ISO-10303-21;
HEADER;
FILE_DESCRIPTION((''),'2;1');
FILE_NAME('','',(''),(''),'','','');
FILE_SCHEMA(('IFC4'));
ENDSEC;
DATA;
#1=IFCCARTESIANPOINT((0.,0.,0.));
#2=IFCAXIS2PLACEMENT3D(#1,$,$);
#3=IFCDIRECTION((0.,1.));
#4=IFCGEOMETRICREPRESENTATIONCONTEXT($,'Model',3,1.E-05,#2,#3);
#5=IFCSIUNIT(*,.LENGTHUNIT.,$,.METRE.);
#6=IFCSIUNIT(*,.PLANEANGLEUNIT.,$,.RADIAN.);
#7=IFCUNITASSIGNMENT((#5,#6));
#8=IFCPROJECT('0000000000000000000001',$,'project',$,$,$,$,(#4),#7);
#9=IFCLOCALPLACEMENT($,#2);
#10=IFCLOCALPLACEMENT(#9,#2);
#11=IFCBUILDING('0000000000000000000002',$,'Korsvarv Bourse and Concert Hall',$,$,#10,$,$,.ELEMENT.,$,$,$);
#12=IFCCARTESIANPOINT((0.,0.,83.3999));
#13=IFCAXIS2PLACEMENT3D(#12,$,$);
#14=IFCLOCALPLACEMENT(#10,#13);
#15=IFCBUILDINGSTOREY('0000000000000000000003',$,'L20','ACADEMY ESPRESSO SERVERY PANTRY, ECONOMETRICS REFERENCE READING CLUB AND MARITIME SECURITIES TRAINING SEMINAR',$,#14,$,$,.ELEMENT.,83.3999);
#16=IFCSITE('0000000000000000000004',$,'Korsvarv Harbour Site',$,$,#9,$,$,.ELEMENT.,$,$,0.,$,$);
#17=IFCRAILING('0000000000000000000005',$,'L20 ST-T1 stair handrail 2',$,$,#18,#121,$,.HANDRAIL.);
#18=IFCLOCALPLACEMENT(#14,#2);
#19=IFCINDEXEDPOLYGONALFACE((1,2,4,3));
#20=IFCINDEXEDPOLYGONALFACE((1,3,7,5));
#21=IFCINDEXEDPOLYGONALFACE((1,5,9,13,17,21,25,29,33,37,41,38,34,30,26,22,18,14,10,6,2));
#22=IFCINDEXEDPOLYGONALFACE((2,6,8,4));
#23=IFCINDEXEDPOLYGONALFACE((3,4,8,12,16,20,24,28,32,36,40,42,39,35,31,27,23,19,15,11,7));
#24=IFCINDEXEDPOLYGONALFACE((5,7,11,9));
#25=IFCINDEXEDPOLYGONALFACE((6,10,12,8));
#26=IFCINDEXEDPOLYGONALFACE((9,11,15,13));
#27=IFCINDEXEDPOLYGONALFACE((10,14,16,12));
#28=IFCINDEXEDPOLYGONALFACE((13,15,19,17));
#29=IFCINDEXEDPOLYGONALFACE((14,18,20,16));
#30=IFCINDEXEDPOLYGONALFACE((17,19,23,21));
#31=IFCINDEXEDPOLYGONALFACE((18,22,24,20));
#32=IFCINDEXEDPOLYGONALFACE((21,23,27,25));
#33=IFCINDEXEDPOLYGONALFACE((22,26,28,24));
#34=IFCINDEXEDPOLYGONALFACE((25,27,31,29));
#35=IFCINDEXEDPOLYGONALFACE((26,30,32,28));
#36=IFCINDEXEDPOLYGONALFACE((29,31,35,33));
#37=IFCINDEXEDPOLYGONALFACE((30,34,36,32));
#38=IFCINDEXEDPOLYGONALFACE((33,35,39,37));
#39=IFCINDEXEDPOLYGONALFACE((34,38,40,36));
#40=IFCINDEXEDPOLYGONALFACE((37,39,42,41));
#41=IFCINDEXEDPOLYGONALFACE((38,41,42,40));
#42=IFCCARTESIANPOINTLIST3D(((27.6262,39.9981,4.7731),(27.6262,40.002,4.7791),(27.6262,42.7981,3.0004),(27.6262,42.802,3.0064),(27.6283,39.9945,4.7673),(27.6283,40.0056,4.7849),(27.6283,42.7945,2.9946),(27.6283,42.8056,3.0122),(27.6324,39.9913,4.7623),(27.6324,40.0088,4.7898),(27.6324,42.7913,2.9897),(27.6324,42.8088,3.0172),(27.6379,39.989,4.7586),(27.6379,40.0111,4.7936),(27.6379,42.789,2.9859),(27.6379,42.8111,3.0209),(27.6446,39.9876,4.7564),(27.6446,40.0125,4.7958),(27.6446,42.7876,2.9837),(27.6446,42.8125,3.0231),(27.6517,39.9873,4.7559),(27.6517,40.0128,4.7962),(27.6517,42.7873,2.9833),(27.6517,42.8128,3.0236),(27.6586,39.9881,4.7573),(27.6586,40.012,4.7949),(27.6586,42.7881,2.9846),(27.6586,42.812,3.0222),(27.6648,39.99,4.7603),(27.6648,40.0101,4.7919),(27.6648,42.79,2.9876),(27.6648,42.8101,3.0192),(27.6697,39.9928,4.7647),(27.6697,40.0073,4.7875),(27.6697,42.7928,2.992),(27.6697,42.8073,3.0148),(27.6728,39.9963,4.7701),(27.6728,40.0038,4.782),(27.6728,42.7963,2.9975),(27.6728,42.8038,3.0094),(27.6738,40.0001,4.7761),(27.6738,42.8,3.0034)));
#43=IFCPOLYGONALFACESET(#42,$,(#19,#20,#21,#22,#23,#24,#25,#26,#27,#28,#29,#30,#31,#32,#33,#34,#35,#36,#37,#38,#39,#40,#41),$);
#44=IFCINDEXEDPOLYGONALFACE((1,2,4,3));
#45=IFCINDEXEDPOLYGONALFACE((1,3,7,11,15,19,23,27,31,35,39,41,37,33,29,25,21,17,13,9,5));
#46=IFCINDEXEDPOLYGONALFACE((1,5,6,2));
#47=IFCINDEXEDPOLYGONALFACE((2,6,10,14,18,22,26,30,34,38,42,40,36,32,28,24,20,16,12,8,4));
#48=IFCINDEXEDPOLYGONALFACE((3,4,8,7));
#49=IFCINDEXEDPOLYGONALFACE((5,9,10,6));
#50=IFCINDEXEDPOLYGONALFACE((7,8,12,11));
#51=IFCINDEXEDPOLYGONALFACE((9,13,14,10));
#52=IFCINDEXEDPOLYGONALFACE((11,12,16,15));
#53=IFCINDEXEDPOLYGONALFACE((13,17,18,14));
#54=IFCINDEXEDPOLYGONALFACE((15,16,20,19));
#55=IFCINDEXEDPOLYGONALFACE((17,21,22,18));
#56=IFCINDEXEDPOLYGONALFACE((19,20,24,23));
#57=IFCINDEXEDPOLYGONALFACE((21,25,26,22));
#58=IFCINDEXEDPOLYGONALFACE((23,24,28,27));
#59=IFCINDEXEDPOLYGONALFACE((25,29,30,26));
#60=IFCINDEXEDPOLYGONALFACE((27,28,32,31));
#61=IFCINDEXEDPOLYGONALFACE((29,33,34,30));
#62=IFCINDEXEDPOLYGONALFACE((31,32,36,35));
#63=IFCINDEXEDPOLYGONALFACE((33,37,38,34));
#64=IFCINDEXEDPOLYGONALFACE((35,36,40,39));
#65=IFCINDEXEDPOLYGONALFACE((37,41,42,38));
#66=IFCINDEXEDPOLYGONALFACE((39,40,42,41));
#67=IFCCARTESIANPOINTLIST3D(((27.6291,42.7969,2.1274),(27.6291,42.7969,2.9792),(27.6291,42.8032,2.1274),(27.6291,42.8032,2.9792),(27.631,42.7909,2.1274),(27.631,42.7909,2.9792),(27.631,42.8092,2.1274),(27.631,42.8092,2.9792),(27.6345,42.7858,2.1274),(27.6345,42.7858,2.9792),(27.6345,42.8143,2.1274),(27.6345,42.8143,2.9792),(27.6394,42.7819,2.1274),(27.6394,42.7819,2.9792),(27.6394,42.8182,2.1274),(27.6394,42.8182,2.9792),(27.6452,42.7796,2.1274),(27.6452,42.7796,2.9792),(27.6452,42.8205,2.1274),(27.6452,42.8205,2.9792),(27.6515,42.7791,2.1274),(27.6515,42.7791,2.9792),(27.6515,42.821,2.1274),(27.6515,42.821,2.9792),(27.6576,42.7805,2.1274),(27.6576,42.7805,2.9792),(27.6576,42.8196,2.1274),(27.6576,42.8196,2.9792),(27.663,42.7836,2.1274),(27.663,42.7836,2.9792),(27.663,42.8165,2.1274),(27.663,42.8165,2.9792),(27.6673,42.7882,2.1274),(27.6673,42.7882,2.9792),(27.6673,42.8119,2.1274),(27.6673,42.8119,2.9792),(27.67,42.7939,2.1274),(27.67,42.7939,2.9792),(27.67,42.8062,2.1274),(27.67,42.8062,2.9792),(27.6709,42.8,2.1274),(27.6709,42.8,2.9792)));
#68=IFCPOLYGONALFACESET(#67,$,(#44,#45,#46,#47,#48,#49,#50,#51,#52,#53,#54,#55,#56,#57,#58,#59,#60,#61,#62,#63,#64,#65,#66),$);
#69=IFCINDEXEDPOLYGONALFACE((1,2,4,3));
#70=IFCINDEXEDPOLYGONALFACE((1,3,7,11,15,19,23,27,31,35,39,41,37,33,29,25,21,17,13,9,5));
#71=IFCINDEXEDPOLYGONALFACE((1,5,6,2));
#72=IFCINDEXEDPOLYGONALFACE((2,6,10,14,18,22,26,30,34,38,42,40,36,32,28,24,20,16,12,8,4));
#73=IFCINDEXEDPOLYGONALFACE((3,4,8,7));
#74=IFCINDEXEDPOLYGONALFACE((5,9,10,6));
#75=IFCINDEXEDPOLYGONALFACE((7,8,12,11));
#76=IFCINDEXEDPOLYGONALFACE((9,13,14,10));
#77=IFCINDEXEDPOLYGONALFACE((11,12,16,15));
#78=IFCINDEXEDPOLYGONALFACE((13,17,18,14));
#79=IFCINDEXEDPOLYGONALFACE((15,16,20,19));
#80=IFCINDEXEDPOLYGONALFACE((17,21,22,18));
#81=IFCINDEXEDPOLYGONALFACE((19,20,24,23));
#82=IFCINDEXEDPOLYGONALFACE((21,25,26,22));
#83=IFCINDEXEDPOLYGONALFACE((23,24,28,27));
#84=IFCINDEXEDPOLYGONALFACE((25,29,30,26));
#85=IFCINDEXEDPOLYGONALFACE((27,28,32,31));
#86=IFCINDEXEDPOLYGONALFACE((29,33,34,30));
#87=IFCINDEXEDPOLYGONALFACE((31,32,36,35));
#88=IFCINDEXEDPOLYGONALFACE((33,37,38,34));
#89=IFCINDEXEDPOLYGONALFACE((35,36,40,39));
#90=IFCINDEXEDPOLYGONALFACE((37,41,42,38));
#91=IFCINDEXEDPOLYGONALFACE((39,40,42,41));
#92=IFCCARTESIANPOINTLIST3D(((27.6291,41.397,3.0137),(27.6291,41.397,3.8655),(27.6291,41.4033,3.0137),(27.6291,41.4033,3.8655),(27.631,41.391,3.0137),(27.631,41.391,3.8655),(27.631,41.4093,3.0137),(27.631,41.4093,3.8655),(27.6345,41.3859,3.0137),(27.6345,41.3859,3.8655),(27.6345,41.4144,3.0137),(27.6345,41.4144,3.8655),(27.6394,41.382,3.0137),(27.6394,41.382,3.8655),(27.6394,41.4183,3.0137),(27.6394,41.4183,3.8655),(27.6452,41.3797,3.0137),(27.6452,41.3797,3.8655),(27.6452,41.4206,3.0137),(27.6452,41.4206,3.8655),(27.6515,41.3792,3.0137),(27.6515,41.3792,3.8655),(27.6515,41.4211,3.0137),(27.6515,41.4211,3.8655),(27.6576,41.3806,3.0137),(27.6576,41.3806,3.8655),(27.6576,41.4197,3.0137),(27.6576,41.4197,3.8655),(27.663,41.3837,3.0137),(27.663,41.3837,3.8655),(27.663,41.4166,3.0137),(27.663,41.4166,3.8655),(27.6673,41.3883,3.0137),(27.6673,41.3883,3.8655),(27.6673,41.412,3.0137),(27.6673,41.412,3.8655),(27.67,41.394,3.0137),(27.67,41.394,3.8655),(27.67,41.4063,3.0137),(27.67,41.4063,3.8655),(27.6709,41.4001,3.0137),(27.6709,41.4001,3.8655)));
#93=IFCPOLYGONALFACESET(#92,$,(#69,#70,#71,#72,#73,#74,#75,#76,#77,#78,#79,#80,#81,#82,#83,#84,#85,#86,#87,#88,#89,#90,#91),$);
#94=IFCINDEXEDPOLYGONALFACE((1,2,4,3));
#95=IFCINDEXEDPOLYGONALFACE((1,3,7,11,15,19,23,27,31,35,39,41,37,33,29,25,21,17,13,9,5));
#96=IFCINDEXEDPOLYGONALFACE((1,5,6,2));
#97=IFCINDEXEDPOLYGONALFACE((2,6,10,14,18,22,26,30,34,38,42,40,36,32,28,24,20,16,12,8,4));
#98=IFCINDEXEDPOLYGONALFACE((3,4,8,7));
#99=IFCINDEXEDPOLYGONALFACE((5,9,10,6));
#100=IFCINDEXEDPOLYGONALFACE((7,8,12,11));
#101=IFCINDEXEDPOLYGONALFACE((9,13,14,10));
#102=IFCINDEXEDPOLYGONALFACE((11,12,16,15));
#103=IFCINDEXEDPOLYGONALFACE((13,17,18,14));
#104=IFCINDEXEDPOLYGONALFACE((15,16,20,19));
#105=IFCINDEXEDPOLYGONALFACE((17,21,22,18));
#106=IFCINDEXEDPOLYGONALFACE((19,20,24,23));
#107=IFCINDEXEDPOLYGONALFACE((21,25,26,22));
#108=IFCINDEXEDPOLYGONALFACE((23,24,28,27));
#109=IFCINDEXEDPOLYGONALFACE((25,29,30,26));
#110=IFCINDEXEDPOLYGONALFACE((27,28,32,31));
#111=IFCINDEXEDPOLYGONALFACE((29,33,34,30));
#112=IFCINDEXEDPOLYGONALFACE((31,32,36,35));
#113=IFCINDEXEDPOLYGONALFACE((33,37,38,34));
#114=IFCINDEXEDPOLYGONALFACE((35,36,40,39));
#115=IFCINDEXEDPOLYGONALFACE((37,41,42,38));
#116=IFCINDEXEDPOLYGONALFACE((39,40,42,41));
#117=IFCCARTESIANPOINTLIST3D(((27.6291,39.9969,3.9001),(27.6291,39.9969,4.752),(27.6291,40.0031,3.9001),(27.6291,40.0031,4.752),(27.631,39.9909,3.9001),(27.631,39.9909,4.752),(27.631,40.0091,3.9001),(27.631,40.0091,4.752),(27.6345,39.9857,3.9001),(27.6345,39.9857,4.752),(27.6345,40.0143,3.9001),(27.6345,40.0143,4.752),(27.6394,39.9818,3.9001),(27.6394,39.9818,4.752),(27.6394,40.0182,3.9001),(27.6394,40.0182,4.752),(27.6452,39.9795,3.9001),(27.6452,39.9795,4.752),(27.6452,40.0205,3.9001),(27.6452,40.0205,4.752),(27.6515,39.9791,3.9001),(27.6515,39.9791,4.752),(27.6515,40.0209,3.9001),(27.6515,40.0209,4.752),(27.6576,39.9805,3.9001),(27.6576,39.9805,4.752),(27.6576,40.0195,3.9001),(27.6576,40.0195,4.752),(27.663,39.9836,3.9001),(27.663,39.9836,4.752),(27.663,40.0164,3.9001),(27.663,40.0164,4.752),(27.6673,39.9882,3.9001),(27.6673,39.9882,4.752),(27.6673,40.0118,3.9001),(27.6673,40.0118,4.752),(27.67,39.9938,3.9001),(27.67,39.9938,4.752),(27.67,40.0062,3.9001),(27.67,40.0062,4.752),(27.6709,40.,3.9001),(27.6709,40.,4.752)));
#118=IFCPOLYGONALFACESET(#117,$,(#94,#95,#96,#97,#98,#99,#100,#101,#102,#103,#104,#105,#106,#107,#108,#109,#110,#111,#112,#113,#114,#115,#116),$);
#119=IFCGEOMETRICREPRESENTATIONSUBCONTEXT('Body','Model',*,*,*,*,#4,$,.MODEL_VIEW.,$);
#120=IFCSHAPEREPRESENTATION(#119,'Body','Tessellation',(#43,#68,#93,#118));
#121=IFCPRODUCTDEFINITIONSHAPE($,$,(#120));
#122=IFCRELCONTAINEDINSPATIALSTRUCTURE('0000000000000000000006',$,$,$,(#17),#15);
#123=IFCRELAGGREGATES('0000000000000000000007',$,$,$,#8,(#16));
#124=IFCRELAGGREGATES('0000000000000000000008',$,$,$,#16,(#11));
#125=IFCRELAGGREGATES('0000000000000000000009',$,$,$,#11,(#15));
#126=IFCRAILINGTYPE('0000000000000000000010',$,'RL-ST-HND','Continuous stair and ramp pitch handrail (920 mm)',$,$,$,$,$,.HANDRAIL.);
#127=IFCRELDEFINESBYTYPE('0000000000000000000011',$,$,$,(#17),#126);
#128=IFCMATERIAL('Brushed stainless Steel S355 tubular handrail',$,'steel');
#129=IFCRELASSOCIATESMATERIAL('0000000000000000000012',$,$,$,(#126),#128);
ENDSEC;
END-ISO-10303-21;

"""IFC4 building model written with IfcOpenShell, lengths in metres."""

from ifc_helpers import new_model, si_unit, direction, frame, origin, origin_2d, place, context, subcontext, project, spatial, circle, extrude, material, type_object, element, save


model = new_model("IFC4")

# Units and contexts
model_context = context("Model", 3, precision=1e-05, world=origin(), true_north=direction((0.0, 1.0)))
body_context = subcontext(model_context, "Body", "Model", "MODEL_VIEW")
ifc_project = project(units=[si_unit("LENGTHUNIT", "METRE"), si_unit("PLANEANGLEUNIT", "RADIAN")], contexts=[model_context])

# Site, building, storey
site_placement = place(None, origin())
site = spatial("IfcSite", under=ifc_project, at=site_placement, Name="Korsvarv Harbour Site", CompositionType="ELEMENT", RefElevation=0.0)
building_placement = place(site_placement, origin())
building = spatial("IfcBuilding", under=site, at=building_placement, Name="Korsvarv Bourse and Concert Hall", CompositionType="ELEMENT")
storey_placement = place(building_placement, frame((0.0, 0.0, 83.3999)))
storey = spatial("IfcBuildingStorey", under=building, at=storey_placement, Name="L20", Description="ACADEMY ESPRESSO SERVERY PANTRY, ECONOMETRICS REFERENCE READING CLUB AND MARITIME SECURITIES TRAINING SEMINAR", CompositionType="ELEMENT", Elevation=83.3999)

# Railing
ifc_material_1 = material(Name="Brushed stainless Steel S355 tubular handrail", Category="steel")
railing_type_1 = type_object("IfcRailingType", Name="RL-ST-HND", Description="Continuous stair and ramp pitch handrail (920 mm)", PredefinedType="HANDRAIL", material=ifc_material_1)
railing_1_placement = place(storey_placement, frame((27.6499, 42.8, 2.1274)))
element("IfcRailing", 1, at=railing_1_placement, inside=storey, type_object=railing_type_1, Name="L20 ST-T1 stair handrail 2", PredefinedType="HANDRAIL", context=body_context, shape_type="SweptSolid", body=[
    extrude(circle(Radius=0.0239, at=origin_2d()), frame((0.0, 0.0, 0.876), z_axis=(0.0, -0.844909, 0.53491), x_axis=(1.0, 0.0, 0.0)), (0.0, 0.0, 1.0), 3.314),
    extrude(circle(Radius=0.021, at=origin_2d()), origin(), (0.0, 0.0, 1.0), 0.8518),
    extrude(circle(Radius=0.021, at=origin_2d()), frame((0.0, -1.3999, 0.8862)), (0.0, 0.0, 1.0), 0.8518),
    extrude(circle(Radius=0.021, at=origin_2d()), frame((0.0, -2.8, 1.7727)), (0.0, 0.0, 1.0), 0.8518),
])

save(model, "model.ifc")
